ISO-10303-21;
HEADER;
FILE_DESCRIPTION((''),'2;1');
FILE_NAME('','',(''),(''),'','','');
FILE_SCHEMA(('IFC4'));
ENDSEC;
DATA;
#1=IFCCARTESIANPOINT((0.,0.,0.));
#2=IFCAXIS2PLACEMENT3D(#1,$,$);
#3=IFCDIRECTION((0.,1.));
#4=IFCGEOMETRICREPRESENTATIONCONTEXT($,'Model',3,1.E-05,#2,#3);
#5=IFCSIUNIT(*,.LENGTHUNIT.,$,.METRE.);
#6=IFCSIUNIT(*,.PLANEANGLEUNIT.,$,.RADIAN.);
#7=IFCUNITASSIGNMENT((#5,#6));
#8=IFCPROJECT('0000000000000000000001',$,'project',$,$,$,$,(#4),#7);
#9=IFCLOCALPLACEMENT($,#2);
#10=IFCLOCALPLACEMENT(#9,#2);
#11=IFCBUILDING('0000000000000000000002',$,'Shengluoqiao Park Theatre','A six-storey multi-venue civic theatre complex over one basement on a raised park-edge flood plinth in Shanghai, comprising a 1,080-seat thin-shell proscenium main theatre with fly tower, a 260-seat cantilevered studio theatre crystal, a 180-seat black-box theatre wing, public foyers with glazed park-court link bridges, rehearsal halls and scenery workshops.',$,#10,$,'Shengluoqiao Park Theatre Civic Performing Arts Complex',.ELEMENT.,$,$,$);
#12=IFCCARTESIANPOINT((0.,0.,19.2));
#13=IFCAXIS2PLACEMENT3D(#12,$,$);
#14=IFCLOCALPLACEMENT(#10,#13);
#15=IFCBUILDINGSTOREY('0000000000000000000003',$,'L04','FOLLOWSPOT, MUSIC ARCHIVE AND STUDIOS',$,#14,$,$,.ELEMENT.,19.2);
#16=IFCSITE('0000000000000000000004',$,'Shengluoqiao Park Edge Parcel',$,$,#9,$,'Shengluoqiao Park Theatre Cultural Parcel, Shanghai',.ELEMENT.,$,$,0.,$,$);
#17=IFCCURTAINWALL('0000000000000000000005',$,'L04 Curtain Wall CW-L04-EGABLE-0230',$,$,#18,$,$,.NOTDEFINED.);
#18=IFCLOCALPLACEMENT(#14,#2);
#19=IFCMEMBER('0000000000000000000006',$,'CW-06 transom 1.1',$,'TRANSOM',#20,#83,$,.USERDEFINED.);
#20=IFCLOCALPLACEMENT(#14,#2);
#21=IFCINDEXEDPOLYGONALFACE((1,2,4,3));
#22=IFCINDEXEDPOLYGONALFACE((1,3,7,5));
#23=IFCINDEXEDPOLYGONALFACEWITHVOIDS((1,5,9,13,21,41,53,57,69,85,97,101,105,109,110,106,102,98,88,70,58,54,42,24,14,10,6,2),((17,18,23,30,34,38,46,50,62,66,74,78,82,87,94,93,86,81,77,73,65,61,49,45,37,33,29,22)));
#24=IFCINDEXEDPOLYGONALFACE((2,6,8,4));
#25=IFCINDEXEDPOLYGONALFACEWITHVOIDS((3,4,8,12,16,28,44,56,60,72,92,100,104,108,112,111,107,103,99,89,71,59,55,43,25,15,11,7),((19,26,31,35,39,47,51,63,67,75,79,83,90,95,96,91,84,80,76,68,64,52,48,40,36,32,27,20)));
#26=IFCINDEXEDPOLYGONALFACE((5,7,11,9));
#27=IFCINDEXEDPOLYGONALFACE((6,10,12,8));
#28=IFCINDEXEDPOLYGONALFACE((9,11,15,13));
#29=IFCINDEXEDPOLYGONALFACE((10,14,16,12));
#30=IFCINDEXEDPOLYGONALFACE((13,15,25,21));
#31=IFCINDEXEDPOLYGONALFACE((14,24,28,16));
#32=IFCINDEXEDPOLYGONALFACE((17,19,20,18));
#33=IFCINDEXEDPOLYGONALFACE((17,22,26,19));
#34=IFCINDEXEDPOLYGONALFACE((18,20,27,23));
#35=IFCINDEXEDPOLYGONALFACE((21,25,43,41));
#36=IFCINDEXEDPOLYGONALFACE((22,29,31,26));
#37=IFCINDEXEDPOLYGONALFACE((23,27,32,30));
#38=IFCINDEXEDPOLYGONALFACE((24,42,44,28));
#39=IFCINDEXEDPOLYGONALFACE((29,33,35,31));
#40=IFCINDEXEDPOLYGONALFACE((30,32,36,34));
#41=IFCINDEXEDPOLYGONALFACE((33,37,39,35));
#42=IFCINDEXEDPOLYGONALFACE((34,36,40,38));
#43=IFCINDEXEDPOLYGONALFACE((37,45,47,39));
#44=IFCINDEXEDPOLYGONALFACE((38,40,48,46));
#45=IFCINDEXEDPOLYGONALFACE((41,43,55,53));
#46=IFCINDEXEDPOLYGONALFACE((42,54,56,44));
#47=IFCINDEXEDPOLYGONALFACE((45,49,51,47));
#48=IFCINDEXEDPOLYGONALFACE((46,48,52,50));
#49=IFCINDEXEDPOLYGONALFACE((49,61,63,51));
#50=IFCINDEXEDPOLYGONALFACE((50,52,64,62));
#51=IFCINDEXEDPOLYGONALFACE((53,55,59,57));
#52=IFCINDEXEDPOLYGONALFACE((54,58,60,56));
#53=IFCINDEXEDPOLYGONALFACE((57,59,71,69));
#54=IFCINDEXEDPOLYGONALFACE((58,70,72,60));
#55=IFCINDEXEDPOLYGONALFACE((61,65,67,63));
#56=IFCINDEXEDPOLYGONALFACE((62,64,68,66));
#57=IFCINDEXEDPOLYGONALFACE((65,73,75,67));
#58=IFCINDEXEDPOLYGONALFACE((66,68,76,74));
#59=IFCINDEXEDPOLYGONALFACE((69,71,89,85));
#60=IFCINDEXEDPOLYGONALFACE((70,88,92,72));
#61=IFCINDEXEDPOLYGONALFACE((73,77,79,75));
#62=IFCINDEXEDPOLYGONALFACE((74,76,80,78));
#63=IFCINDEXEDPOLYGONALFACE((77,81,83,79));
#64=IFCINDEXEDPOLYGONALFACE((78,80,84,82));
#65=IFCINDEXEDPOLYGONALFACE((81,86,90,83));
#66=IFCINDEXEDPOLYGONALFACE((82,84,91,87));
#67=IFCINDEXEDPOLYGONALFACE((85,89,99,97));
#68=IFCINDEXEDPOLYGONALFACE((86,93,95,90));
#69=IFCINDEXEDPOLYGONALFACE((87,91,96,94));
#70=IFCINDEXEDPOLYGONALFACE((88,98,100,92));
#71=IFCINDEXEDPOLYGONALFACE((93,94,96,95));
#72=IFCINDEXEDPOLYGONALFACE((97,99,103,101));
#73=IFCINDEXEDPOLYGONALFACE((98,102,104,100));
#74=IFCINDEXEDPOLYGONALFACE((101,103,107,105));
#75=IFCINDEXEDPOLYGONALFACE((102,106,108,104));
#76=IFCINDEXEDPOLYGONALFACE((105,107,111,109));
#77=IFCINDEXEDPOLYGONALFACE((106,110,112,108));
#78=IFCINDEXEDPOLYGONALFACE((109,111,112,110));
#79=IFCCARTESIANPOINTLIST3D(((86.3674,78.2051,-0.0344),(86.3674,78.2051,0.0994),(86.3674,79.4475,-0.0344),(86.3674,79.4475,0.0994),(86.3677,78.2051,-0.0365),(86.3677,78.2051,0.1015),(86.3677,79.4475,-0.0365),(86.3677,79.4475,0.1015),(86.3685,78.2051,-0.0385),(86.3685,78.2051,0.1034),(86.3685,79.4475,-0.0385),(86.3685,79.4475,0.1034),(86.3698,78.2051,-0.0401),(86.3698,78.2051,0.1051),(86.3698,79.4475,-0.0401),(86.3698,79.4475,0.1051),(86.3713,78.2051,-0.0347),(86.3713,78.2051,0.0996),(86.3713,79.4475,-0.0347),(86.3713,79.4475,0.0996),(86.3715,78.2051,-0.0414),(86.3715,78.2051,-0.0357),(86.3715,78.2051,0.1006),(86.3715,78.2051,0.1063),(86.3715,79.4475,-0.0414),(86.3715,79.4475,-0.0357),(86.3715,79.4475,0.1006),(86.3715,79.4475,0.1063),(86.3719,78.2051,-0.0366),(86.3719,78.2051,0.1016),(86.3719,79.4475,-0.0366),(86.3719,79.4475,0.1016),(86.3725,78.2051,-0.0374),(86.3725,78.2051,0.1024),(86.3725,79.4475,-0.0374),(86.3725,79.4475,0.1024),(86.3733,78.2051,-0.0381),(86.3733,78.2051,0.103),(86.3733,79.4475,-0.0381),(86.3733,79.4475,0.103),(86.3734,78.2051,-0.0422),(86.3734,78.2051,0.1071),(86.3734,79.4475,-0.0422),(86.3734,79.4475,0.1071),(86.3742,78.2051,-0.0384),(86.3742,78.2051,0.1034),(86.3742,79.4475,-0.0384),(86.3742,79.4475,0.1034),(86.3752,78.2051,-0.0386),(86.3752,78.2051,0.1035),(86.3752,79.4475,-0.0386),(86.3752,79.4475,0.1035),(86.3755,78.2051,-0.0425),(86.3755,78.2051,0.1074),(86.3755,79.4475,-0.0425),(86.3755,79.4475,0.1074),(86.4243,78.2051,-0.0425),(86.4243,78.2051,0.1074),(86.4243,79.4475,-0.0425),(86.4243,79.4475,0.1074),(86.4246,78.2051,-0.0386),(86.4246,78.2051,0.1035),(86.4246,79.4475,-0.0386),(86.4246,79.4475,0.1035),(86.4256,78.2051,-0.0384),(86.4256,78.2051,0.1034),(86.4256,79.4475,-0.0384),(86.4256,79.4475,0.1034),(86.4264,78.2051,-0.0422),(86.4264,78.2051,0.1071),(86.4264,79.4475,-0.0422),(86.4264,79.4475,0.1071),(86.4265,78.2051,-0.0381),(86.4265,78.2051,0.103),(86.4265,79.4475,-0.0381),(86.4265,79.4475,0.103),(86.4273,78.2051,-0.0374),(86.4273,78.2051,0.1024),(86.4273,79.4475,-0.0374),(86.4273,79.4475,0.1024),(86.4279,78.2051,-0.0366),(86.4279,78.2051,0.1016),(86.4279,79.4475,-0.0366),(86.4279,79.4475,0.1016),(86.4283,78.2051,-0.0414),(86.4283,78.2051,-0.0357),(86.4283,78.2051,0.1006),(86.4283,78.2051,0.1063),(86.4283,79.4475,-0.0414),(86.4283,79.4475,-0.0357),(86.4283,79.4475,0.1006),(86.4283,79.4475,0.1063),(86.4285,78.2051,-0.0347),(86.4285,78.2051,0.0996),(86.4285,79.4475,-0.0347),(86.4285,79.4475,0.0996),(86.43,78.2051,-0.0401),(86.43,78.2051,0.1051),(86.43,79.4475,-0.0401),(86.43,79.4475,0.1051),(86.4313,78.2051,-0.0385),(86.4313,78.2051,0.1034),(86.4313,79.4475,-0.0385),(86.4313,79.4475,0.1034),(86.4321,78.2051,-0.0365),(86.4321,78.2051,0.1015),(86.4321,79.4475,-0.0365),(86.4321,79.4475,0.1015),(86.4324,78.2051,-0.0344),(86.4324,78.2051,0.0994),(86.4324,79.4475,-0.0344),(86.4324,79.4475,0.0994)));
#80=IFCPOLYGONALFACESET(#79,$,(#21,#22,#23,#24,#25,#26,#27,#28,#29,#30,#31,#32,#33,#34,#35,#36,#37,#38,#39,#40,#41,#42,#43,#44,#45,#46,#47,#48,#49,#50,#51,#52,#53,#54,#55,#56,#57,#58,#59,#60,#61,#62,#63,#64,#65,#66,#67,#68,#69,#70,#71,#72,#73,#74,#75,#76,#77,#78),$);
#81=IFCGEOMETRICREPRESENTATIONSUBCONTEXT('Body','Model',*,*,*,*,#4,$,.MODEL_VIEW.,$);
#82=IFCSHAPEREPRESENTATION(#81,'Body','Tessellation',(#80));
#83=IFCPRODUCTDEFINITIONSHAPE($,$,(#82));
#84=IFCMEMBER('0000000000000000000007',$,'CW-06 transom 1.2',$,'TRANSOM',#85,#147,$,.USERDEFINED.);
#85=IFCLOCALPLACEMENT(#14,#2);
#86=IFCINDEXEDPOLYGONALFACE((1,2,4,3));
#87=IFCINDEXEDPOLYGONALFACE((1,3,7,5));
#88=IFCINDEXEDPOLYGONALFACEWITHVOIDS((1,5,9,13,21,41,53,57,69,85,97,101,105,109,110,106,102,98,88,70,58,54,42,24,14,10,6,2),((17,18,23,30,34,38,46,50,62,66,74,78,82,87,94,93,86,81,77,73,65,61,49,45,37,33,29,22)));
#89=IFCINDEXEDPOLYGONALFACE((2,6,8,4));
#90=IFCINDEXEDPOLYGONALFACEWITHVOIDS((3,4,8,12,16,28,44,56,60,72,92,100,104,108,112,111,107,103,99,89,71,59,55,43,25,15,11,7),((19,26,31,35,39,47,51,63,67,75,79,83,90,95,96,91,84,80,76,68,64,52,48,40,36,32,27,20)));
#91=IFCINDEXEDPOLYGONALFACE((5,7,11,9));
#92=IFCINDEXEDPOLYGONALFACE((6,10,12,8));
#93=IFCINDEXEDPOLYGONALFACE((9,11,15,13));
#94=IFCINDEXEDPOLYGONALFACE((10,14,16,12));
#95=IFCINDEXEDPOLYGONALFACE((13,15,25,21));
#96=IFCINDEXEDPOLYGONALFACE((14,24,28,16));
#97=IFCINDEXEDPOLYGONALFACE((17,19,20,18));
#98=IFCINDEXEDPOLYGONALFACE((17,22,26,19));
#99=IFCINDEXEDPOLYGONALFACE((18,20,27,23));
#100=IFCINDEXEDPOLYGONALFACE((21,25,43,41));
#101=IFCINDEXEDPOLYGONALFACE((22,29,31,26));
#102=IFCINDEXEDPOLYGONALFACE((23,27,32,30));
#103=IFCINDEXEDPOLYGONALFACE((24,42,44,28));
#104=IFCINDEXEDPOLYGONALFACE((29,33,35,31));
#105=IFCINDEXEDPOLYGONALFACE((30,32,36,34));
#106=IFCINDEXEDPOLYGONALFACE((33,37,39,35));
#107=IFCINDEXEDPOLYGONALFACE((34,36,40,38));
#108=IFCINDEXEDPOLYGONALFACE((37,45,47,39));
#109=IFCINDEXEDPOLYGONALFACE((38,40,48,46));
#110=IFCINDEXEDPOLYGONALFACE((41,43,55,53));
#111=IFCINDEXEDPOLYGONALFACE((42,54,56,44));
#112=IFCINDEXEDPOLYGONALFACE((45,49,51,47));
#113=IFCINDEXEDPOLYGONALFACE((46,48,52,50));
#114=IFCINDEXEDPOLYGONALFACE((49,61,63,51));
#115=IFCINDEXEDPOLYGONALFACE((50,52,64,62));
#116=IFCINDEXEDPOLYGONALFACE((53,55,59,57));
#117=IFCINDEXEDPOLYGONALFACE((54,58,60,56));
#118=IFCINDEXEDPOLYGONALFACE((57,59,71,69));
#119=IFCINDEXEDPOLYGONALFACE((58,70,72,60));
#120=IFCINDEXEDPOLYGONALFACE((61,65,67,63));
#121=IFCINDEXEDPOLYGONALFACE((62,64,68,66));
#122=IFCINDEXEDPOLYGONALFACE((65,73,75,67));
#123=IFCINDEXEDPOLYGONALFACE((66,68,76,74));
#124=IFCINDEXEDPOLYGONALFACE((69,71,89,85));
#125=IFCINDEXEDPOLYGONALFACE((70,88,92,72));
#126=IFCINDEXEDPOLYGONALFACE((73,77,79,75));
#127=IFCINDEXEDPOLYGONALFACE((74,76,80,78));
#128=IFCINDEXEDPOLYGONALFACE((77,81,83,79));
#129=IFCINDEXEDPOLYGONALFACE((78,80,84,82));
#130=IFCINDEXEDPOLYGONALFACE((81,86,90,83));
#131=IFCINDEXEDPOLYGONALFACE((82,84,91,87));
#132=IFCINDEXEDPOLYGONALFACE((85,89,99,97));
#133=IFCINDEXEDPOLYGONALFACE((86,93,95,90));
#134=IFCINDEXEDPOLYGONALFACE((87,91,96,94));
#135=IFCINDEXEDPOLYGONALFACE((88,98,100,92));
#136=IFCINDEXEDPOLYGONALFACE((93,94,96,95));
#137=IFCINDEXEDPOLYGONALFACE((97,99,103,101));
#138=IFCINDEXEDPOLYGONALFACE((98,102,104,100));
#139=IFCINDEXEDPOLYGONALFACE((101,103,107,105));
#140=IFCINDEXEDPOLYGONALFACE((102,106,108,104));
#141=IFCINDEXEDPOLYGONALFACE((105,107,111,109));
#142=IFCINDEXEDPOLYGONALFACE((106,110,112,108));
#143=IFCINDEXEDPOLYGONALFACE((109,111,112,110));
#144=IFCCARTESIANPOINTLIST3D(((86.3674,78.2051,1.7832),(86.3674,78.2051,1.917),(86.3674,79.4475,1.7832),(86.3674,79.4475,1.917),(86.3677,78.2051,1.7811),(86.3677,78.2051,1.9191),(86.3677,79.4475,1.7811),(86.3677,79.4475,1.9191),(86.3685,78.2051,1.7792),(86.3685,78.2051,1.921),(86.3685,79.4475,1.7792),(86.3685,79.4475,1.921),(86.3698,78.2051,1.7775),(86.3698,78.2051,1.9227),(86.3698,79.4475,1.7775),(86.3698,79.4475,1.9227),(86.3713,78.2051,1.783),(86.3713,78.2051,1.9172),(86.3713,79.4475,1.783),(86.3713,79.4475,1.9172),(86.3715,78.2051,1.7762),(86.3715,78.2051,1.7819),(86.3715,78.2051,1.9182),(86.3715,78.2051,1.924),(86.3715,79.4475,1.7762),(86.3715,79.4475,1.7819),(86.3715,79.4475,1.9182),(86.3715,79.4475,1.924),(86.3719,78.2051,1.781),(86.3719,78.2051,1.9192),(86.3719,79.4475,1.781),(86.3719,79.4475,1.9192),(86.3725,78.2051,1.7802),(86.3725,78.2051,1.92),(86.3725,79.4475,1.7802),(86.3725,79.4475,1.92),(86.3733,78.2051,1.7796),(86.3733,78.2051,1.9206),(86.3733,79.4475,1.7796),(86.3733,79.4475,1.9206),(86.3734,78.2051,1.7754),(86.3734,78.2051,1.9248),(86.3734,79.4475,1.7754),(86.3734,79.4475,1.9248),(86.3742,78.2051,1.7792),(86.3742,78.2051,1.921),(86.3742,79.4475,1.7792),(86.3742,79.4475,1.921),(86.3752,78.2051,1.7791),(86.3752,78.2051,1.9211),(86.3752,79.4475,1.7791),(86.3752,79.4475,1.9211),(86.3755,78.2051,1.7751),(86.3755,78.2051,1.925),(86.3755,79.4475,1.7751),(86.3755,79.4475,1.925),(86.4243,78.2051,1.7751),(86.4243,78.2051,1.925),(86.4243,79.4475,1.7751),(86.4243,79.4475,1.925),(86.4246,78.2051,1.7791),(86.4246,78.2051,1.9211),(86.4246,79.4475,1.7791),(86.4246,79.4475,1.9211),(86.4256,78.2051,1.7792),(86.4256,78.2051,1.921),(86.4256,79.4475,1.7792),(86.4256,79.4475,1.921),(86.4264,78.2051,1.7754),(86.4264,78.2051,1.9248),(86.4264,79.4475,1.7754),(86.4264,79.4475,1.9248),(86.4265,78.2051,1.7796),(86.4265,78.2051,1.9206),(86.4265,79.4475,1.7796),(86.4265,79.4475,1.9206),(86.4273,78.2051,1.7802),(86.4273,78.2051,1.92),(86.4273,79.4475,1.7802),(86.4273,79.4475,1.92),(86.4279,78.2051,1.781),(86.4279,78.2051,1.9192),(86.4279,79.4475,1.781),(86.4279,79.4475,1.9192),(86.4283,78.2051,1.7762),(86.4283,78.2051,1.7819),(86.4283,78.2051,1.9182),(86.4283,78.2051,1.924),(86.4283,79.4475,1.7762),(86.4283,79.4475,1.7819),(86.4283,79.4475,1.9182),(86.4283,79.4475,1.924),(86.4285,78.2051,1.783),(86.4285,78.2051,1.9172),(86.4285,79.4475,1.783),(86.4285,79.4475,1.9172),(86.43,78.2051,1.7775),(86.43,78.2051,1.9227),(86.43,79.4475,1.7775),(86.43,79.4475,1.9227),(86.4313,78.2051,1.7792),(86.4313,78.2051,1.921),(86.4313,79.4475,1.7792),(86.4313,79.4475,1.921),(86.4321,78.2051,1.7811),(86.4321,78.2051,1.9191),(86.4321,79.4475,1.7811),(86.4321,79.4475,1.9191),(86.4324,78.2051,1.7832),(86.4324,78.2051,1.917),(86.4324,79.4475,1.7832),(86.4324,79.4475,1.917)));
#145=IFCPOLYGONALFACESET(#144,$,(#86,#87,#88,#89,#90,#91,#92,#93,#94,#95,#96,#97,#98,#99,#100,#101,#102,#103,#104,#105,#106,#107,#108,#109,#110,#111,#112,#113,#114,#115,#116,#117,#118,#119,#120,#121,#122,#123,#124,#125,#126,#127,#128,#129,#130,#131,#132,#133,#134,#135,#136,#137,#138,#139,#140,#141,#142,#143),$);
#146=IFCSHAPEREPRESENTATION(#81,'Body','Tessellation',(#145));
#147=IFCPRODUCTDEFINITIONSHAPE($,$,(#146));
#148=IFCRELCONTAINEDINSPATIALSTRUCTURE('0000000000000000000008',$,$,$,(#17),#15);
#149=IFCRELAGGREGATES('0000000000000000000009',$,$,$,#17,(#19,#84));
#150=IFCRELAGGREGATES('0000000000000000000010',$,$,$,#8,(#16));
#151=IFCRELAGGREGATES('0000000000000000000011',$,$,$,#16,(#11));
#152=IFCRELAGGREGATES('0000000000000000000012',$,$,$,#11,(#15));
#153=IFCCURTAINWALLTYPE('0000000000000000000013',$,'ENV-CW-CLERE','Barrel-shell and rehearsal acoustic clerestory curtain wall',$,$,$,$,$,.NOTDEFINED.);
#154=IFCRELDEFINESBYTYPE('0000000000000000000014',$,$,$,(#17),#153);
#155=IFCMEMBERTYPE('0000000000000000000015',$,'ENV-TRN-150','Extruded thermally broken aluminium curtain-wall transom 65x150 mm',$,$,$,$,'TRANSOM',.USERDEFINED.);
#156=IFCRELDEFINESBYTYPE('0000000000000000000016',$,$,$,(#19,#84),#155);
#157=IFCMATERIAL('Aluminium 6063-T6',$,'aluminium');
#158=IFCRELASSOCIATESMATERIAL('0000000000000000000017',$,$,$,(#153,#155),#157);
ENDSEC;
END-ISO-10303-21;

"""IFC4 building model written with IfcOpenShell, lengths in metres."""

from ifc_helpers import new_model, si_unit, direction, frame, origin, origin_2d, place, context, subcontext, project, spatial, hollow_rectangle, extrude, material, material_profile, profile_set, type_object, element, aggregate, save


model = new_model("IFC4")

# Units and contexts
model_context = context("Model", 3, precision=1e-05, world=origin(), true_north=direction((0.0, 1.0)))
body_context = subcontext(model_context, "Body", "Model", "MODEL_VIEW")
ifc_project = project(units=[si_unit("LENGTHUNIT", "METRE"), si_unit("PLANEANGLEUNIT", "RADIAN")], contexts=[model_context])

# Site, building, storey
site_placement = place(None, origin())
site = spatial("IfcSite", under=ifc_project, at=site_placement, Name="Shengluoqiao Park Edge Parcel", LongName="Shengluoqiao Park Theatre Cultural Parcel, Shanghai", CompositionType="ELEMENT", RefElevation=0.0)
building_placement = place(site_placement, origin())
building = spatial("IfcBuilding", under=site, at=building_placement, Name="Shengluoqiao Park Theatre", Description="A six-storey multi-venue civic theatre complex over one basement on a raised park-edge flood plinth in Shanghai, comprising a 1,080-seat thin-shell proscenium main theatre with fly tower, a 260-seat cantilevered studio theatre crystal, a 180-seat black-box theatre wing, public foyers with glazed park-court link bridges, rehearsal halls and scenery workshops.", LongName="Shengluoqiao Park Theatre Civic Performing Arts Complex", CompositionType="ELEMENT")
storey_placement = place(building_placement, frame((0.0, 0.0, 19.2)))
storey = spatial("IfcBuildingStorey", under=building, at=storey_placement, Name="L04", Description="FOLLOWSPOT, MUSIC ARCHIVE AND STUDIOS", CompositionType="ELEMENT", Elevation=19.2)

# Curtain wall, members
ifc_material_1 = material(Name="Aluminium 6063-T6", Category="aluminium")
curtain_wall_type = type_object("IfcCurtainWallType", Name="ENV-CW-CLERE", Description="Barrel-shell and rehearsal acoustic clerestory curtain wall", PredefinedType="NOTDEFINED", material=ifc_material_1)
curtain_wall_placement = place(storey_placement, origin())
curtain_wall = element("IfcCurtainWall", 1, at=curtain_wall_placement, inside=storey, type_object=curtain_wall_type, Name="L04 Curtain Wall CW-L04-EGABLE-0230", PredefinedType="NOTDEFINED")
ifc_material_profile_1 = material_profile(ifc_material_1, hollow_rectangle(XDim=0.0649, YDim=0.1499, WallThickness=0.0039, InnerFilletRadius=0.0039, OuterFilletRadius=0.0081, at=origin_2d()), Name="ALU TRANSOM 150x65x4")
ifc_profile_set_1 = profile_set([ifc_material_profile_1], Name="Aluminium 6063-T6")
member_type_1 = type_object("IfcMemberType", Name="ENV-TRN-150", Description="Extruded thermally broken aluminium curtain-wall transom 65x150 mm", ElementType="TRANSOM", PredefinedType="USERDEFINED", material=ifc_profile_set_1)
member_1_placement = place(storey_placement, frame((86.3999, 78.2051, 0.0325), z_axis=(0.0, 1.0, 0.0), x_axis=(-1.0, 0.0, 0.0)))
member_1 = element("IfcMember", 2, at=member_1_placement, type_object=member_type_1, Name="CW-06 transom 1.1", ObjectType="TRANSOM", PredefinedType="USERDEFINED", context=body_context, shape_type="SweptSolid", body=[
    extrude(hollow_rectangle(XDim=0.0649, YDim=0.1499, WallThickness=0.0039, InnerFilletRadius=0.0039, OuterFilletRadius=0.0081, at=origin_2d()), origin(), (0.0, 0.0, 1.0), 1.2424),
])
member_2_placement = place(storey_placement, frame((86.3999, 78.2051, 1.8501), z_axis=(0.0, 1.0, 0.0), x_axis=(-1.0, 0.0, 0.0)))
member_2 = element("IfcMember", 3, at=member_2_placement, type_object=member_type_1, Name="CW-06 transom 1.2", ObjectType="TRANSOM", PredefinedType="USERDEFINED", context=body_context, shape_type="SweptSolid", body=[
    extrude(hollow_rectangle(XDim=0.0649, YDim=0.1499, WallThickness=0.0039, InnerFilletRadius=0.0039, OuterFilletRadius=0.0081, at=origin_2d()), origin(), (0.0, 0.0, 1.0), 1.2424),
])

aggregate(curtain_wall, [member_1, member_2])

save(model, "model.ifc")
